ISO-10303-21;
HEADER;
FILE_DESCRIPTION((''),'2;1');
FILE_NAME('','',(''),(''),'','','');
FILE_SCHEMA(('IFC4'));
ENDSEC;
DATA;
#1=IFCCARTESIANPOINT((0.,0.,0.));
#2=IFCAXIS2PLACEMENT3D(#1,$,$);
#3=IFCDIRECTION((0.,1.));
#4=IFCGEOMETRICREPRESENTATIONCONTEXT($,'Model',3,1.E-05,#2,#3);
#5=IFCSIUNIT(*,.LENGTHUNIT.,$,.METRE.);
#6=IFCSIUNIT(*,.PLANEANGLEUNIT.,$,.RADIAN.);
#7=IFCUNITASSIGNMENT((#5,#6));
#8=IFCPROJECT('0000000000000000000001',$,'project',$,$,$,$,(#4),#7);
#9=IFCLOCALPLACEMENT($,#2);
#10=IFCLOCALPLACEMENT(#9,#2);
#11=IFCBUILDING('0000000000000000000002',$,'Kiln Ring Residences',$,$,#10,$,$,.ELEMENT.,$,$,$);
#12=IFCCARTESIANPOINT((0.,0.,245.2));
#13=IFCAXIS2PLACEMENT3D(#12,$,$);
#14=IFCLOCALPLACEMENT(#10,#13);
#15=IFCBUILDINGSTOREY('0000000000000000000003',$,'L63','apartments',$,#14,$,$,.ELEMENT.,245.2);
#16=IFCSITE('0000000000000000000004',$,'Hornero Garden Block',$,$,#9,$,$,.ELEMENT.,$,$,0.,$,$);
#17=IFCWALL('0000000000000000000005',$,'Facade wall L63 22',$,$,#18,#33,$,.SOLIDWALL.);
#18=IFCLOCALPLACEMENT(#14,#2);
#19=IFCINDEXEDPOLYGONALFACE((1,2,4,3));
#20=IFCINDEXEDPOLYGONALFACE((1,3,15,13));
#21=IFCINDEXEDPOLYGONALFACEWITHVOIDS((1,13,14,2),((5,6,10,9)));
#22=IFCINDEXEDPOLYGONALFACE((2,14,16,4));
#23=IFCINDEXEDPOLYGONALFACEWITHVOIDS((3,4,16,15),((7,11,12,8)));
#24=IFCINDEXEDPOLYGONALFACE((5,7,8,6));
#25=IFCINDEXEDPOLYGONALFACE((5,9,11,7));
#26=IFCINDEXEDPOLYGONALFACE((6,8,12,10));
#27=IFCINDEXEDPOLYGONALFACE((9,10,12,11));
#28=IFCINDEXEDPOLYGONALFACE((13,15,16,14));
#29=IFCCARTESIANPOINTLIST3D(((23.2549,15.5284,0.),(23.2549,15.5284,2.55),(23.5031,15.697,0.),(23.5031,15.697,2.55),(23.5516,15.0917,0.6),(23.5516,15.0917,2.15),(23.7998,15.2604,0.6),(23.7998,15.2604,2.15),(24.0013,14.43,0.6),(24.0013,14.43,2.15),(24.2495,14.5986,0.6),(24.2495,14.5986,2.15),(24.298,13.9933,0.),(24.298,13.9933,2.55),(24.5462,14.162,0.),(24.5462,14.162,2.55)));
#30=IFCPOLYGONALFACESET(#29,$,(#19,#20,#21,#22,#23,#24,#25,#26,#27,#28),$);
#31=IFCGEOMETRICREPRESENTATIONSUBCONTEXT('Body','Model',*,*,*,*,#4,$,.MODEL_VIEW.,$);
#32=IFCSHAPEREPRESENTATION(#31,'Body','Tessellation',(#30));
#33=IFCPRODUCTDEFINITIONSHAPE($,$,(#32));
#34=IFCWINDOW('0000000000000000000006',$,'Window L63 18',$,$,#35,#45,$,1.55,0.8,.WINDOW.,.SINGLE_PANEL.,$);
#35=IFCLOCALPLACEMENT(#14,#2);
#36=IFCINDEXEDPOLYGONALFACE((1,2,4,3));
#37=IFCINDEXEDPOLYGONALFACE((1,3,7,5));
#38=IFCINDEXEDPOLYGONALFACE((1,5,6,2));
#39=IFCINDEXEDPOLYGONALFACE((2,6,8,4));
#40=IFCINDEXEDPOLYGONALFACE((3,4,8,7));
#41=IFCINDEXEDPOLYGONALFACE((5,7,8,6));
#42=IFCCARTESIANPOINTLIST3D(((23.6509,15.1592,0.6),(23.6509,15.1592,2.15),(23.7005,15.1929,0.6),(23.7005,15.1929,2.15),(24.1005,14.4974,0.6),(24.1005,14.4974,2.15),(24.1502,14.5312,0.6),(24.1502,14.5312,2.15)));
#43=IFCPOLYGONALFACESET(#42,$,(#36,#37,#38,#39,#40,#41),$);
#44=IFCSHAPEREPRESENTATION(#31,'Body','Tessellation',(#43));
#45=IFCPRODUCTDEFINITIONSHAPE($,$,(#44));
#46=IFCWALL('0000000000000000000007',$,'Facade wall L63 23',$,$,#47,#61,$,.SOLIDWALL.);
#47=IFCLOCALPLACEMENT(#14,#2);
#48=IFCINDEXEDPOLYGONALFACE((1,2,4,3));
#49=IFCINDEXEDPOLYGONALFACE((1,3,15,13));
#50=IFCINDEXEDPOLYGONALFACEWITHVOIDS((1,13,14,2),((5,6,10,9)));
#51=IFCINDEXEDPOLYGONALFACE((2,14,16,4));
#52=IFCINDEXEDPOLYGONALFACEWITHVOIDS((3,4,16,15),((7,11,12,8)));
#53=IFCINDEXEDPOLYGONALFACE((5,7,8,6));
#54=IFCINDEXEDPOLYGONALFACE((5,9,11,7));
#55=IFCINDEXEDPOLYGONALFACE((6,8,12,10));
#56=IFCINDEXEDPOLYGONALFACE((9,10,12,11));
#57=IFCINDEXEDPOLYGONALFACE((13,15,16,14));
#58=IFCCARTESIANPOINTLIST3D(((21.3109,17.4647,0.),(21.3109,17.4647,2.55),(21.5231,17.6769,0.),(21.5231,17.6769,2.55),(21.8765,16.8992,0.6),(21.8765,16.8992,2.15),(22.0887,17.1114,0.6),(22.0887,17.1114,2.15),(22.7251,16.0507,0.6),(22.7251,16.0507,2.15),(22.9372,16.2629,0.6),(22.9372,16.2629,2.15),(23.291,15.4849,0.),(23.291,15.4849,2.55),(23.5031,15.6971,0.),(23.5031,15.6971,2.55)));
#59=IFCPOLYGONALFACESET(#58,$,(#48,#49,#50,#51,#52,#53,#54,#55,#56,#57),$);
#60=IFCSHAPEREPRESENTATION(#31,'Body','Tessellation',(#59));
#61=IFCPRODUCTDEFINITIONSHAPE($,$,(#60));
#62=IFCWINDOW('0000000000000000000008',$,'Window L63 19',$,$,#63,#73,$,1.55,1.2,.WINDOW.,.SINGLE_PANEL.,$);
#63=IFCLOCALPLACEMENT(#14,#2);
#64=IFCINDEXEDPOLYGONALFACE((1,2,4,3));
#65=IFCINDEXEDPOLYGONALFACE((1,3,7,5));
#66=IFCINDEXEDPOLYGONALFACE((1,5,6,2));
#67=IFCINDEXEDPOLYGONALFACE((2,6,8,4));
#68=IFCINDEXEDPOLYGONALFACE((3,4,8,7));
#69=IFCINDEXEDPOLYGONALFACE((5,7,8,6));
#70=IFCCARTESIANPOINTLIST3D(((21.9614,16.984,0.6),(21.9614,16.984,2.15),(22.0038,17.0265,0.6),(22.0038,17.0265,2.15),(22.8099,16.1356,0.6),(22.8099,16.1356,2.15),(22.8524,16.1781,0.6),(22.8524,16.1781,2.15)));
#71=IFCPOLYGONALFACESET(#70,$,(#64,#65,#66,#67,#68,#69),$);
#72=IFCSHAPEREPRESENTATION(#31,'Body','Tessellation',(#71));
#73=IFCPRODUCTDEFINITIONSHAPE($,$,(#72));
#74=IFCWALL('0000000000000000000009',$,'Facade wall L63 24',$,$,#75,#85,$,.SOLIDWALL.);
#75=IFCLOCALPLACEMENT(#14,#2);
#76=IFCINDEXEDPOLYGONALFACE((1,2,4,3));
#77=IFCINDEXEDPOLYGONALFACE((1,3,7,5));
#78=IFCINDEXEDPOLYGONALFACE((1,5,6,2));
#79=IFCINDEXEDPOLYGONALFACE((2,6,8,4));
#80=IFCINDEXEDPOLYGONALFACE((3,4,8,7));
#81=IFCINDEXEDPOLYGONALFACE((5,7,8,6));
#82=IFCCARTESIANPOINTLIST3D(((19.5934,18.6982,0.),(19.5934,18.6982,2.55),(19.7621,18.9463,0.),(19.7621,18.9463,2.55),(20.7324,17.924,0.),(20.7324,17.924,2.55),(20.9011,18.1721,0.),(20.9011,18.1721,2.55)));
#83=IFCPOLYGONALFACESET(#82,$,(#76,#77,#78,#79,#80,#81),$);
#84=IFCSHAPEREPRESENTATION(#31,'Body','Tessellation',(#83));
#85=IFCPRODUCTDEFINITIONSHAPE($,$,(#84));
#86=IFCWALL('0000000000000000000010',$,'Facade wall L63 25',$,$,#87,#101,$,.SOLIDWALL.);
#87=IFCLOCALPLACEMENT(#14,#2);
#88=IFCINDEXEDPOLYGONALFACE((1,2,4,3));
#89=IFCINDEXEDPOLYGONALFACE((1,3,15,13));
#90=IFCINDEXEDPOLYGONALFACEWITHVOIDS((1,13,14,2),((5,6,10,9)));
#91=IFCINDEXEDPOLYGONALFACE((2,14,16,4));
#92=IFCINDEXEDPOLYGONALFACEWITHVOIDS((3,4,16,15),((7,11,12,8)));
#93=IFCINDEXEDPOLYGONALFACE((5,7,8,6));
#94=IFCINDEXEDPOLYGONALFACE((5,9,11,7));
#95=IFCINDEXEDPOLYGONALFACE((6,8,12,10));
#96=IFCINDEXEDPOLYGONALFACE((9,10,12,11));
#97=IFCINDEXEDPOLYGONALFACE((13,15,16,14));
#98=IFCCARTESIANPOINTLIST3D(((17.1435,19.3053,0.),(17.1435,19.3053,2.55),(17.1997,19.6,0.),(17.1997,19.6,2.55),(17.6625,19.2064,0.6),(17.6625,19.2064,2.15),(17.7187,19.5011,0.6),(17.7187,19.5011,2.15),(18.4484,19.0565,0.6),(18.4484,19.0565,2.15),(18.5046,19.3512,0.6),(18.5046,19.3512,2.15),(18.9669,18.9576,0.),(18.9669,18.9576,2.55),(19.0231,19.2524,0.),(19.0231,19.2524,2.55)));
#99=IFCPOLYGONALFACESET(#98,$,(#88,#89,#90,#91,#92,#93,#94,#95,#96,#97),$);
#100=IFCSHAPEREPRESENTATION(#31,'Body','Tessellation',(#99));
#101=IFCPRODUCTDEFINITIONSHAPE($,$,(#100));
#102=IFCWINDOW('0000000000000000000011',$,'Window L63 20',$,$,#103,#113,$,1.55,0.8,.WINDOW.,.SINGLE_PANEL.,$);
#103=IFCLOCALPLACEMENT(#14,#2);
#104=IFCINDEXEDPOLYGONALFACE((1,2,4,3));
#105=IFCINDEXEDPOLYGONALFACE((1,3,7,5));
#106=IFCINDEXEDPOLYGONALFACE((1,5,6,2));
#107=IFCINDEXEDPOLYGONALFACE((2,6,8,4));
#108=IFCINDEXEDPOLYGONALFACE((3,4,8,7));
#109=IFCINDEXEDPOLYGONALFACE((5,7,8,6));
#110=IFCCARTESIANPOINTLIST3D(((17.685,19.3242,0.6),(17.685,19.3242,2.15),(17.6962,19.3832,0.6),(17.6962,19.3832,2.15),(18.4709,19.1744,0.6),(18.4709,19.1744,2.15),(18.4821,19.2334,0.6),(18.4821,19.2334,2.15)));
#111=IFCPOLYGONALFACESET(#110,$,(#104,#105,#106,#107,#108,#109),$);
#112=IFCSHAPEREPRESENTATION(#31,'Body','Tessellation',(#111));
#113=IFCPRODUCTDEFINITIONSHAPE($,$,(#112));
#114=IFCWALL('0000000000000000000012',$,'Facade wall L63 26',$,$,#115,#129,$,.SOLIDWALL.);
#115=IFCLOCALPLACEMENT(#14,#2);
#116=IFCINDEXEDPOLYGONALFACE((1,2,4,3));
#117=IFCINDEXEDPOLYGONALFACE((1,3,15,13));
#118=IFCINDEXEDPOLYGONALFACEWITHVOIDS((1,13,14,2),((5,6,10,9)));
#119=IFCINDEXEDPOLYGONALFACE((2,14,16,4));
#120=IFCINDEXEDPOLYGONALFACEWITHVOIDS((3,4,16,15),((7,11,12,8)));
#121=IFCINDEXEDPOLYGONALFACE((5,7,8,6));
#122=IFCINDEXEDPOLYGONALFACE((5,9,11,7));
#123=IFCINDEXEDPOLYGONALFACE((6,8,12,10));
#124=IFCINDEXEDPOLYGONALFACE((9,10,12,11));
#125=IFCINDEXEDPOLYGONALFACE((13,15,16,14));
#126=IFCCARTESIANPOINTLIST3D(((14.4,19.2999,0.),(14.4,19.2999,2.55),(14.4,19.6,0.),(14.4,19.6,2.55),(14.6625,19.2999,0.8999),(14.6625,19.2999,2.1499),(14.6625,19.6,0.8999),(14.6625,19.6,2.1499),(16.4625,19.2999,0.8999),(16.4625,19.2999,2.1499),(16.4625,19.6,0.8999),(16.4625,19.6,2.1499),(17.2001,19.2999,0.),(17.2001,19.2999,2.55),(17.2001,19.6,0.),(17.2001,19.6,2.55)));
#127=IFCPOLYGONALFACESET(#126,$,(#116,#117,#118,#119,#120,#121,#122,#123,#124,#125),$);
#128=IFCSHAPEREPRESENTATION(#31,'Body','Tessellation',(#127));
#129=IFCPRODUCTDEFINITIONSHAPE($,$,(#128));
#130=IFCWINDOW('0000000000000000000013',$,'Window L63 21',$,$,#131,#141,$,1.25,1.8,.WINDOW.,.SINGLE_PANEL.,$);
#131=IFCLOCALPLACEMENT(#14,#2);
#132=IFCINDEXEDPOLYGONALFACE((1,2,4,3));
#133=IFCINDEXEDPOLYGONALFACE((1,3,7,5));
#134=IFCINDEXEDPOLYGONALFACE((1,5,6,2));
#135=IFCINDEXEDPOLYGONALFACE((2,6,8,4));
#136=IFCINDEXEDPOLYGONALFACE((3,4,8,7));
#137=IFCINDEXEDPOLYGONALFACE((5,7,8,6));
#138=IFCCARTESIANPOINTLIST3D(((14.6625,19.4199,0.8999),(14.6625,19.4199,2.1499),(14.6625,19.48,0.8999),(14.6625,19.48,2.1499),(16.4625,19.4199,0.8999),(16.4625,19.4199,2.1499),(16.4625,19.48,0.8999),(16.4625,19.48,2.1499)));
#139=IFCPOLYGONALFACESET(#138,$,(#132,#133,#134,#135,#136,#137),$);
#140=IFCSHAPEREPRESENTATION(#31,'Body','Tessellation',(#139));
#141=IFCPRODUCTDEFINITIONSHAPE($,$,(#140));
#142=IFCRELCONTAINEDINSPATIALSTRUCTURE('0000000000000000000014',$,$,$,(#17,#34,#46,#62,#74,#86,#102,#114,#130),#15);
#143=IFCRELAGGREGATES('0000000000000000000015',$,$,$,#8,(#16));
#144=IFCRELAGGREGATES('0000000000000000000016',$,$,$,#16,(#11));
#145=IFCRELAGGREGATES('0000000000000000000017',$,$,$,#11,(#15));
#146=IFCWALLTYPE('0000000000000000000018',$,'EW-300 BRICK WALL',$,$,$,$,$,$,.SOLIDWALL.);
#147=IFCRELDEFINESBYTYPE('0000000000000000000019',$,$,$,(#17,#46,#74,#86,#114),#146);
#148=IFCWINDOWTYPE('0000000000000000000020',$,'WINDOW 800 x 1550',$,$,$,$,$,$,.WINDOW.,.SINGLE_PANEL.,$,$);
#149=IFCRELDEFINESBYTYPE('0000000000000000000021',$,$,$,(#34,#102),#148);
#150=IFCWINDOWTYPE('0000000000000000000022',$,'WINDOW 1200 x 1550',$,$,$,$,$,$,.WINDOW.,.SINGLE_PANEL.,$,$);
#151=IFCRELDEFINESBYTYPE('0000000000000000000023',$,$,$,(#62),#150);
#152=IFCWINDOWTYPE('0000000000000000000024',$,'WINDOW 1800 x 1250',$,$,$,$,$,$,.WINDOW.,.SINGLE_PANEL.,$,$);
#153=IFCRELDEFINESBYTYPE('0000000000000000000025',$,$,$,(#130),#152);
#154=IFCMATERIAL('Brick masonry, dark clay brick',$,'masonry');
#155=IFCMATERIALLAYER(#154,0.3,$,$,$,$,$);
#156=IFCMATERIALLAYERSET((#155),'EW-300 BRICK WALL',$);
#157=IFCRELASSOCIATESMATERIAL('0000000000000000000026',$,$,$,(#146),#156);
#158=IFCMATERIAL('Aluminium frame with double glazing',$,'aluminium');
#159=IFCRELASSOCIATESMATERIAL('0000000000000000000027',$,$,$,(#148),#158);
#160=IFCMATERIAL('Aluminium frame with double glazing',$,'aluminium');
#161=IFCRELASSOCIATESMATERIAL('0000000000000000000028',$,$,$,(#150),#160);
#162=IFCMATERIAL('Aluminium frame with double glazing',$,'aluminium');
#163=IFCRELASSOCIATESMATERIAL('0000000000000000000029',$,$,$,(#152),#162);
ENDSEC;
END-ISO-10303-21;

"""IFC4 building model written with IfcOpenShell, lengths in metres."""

from ifc_helpers import new_model, si_unit, direction, frame, frame_2d, origin, place, context, subcontext, project, spatial, rectangle, extrude, material, layer, layer_set, type_object, element, fill, save


model = new_model("IFC4")

# Units and contexts
model_context = context("Model", 3, precision=1e-05, world=origin(), true_north=direction((0.0, 1.0)))
body_context = subcontext(model_context, "Body", "Model", "MODEL_VIEW")
ifc_project = project(units=[si_unit("LENGTHUNIT", "METRE"), si_unit("PLANEANGLEUNIT", "RADIAN")], contexts=[model_context])

# Site, building, storey
site_placement = place(None, origin())
site = spatial("IfcSite", under=ifc_project, at=site_placement, Name="Hornero Garden Block", CompositionType="ELEMENT", RefElevation=0.0)
building_placement = place(site_placement, origin())
building = spatial("IfcBuilding", under=site, at=building_placement, Name="Kiln Ring Residences", CompositionType="ELEMENT")
storey_placement = place(building_placement, frame((0.0, 0.0, 245.2)))
storey = spatial("IfcBuildingStorey", under=building, at=storey_placement, Name="L63", Description="apartments", CompositionType="ELEMENT", Elevation=245.2)

# Shared definitions
ifc_material_1 = material(Name="Brick masonry, dark clay brick", Category="masonry")
ifc_layer_1 = layer(ifc_material_1, 0.3)
ifc_layer_set_1 = layer_set([ifc_layer_1], Name="EW-300 BRICK WALL")
wall_type_1 = type_object("IfcWallType", Name="EW-300 BRICK WALL", PredefinedType="SOLIDWALL", material=ifc_layer_set_1)

# Walls, openings, windows
wall_1_placement = place(storey_placement, frame((24.4221, 14.0776, 0.0), z_axis=(0.0, 0.0, 1.0), x_axis=(-0.562055, 0.8271, 0.0)))
wall_1 = element("IfcWall", 1, at=wall_1_placement, inside=storey, type_object=wall_type_1, Name="Facade wall L63 22", PredefinedType="SOLIDWALL", context=body_context, shape_type="SweptSolid", body=[
    extrude(rectangle(XDim=1.856, YDim=0.3, at=frame_2d((0.928, 0.0))), origin(), (0.0, 0.0, 1.0), 2.55),
])
opening_1_placement = place(wall_1_placement, frame((0.5281, 0.0, 0.6001)))
opening_1 = element("IfcOpeningElement", 2, at=opening_1_placement, cuts=wall_1, PredefinedType="OPENING", context=body_context, shape_type="SweptSolid", body=[
    extrude(rectangle(XDim=0.8, YDim=1.55, at=frame_2d((0.3999, 0.7749))), frame((0.0, 0.1599, 0.0), z_axis=(0.0, -1.0, 0.0), x_axis=(1.0, 0.0, 0.0)), (0.0, 0.0, 1.0), 0.3201),
])
ifc_material_2 = material(Name="Aluminium frame with double glazing", Category="aluminium")
window_type_1 = type_object("IfcWindowType", Name="WINDOW 800 x 1550", PartitioningType="SINGLE_PANEL", PredefinedType="WINDOW", material=ifc_material_2)
window_1_placement = place(opening_1_placement, origin())
window_1 = element("IfcWindow", 3, at=window_1_placement, inside=storey, type_object=window_type_1, Name="Window L63 18", OverallHeight=1.55, OverallWidth=0.8, PartitioningType="SINGLE_PANEL", PredefinedType="WINDOW", context=body_context, shape_type="SweptSolid", body=[
    extrude(rectangle(XDim=0.8, YDim=1.55, at=frame_2d((0.3999, 0.7749))), frame((0.0, 0.03, 0.0), z_axis=(0.0, -1.0, 0.0), x_axis=(1.0, 0.0, 0.0)), (0.0, 0.0, 1.0), 0.0601),
])
fill(opening_1, window_1)
wall_2_placement = place(storey_placement, frame((23.397, 15.5911, 0.0), z_axis=(0.0, 0.0, 1.0), x_axis=(-0.70715, 0.707063, 0.0)))
wall_2 = element("IfcWall", 4, at=wall_2_placement, inside=storey, type_object=wall_type_1, Name="Facade wall L63 23", PredefinedType="SOLIDWALL", context=body_context, shape_type="SweptSolid", body=[
    extrude(rectangle(XDim=2.8, YDim=0.3, at=frame_2d((1.3999, 0.0))), origin(), (0.0, 0.0, 1.0), 2.55),
])
opening_2_placement = place(wall_2_placement, frame((0.8, 0.0, 0.6001)))
opening_2 = element("IfcOpeningElement", 5, at=opening_2_placement, cuts=wall_2, PredefinedType="OPENING", context=body_context, shape_type="SweptSolid", body=[
    extrude(rectangle(XDim=1.2, YDim=1.55, at=frame_2d((0.6001, 0.7749))), frame((0.0, 0.1599, 0.0), z_axis=(0.0, -1.0, 0.0), x_axis=(1.0, 0.0, 0.0)), (0.0, 0.0, 1.0), 0.3201),
])
ifc_material_3 = material(Name="Aluminium frame with double glazing", Category="aluminium")
window_type_2 = type_object("IfcWindowType", Name="WINDOW 1200 x 1550", PartitioningType="SINGLE_PANEL", PredefinedType="WINDOW", material=ifc_material_3)
window_2_placement = place(opening_2_placement, origin())
window_2 = element("IfcWindow", 6, at=window_2_placement, inside=storey, type_object=window_type_2, Name="Window L63 19", OverallHeight=1.55, OverallWidth=1.2, PartitioningType="SINGLE_PANEL", PredefinedType="WINDOW", context=body_context, shape_type="SweptSolid", body=[
    extrude(rectangle(XDim=1.2, YDim=1.55, at=frame_2d((0.6001, 0.7749))), frame((0.0, 0.03, 0.0), z_axis=(0.0, -1.0, 0.0), x_axis=(1.0, 0.0, 0.0)), (0.0, 0.0, 1.0), 0.0601),
])
fill(opening_2, window_2)

# Wall
wall_3_placement = place(storey_placement, frame((20.8167, 18.0481, 0.0), z_axis=(0.0, 0.0, 1.0), x_axis=(-0.827025, 0.562165, 0.0)))
element("IfcWall", 7, at=wall_3_placement, inside=storey, type_object=wall_type_1, Name="Facade wall L63 24", PredefinedType="SOLIDWALL", context=body_context, shape_type="SweptSolid", body=[
    extrude(rectangle(XDim=1.3772, YDim=0.3, at=frame_2d((0.6885, 0.0))), origin(), (0.0, 0.0, 1.0), 2.55),
])

# Walls, openings, windows
wall_4_placement = place(storey_placement, frame((18.9951, 19.105, 0.0), z_axis=(0.0, 0.0, 1.0), x_axis=(-0.982302, 0.187306, 0.0)))
wall_4 = element("IfcWall", 8, at=wall_4_placement, inside=storey, type_object=wall_type_1, Name="Facade wall L63 25", PredefinedType="SOLIDWALL", context=body_context, shape_type="SweptSolid", body=[
    extrude(rectangle(XDim=1.8562, YDim=0.3, at=frame_2d((0.9282, 0.0))), origin(), (0.0, 0.0, 1.0), 2.55),
])
opening_3_placement = place(wall_4_placement, frame((0.5281, 0.0, 0.6001)))
opening_3 = element("IfcOpeningElement", 9, at=opening_3_placement, cuts=wall_4, PredefinedType="OPENING", context=body_context, shape_type="SweptSolid", body=[
    extrude(rectangle(XDim=0.8, YDim=1.55, at=frame_2d((0.3999, 0.7749))), frame((0.0, 0.1599, 0.0), z_axis=(0.0, -1.0, 0.0), x_axis=(1.0, 0.0, 0.0)), (0.0, 0.0, 1.0), 0.3201),
])
window_3_placement = place(opening_3_placement, origin())
window_3 = element("IfcWindow", 10, at=window_3_placement, inside=storey, type_object=window_type_1, Name="Window L63 20", OverallHeight=1.55, OverallWidth=0.8, PartitioningType="SINGLE_PANEL", PredefinedType="WINDOW", context=body_context, shape_type="SweptSolid", body=[
    extrude(rectangle(XDim=0.8, YDim=1.55, at=frame_2d((0.3999, 0.7749))), frame((0.0, 0.03, 0.0), z_axis=(0.0, -1.0, 0.0), x_axis=(1.0, 0.0, 0.0)), (0.0, 0.0, 1.0), 0.0601),
])
fill(opening_3, window_3)
wall_5_placement = place(storey_placement, frame((17.2, 19.45, 0.0), z_axis=(0.0, 0.0, 1.0), x_axis=(-1.0, 0.0, 0.0)))
wall_5 = element("IfcWall", 11, at=wall_5_placement, inside=storey, type_object=wall_type_1, Name="Facade wall L63 26", PredefinedType="SOLIDWALL", context=body_context, shape_type="SweptSolid", body=[
    extrude(rectangle(XDim=2.8, YDim=0.3, at=frame_2d((1.3999, 0.0))), origin(), (0.0, 0.0, 1.0), 2.55),
])
opening_4_placement = place(wall_5_placement, frame((0.7375, 0.0, 0.8999)))
opening_4 = element("IfcOpeningElement", 12, at=opening_4_placement, cuts=wall_5, PredefinedType="OPENING", context=body_context, shape_type="SweptSolid", body=[
    extrude(rectangle(XDim=1.8, YDim=1.25, at=frame_2d((0.8999, 0.625))), frame((0.0, 0.1599, 0.0), z_axis=(0.0, -1.0, 0.0), x_axis=(1.0, 0.0, 0.0)), (0.0, 0.0, 1.0), 0.3201),
])
ifc_material_4 = material(Name="Aluminium frame with double glazing", Category="aluminium")
window_type_3 = type_object("IfcWindowType", Name="WINDOW 1800 x 1250", PartitioningType="SINGLE_PANEL", PredefinedType="WINDOW", material=ifc_material_4)
window_4_placement = place(opening_4_placement, origin())
window_4 = element("IfcWindow", 13, at=window_4_placement, inside=storey, type_object=window_type_3, Name="Window L63 21", OverallHeight=1.25, OverallWidth=1.8, PartitioningType="SINGLE_PANEL", PredefinedType="WINDOW", context=body_context, shape_type="SweptSolid", body=[
    extrude(rectangle(XDim=1.8, YDim=1.25, at=frame_2d((0.8999, 0.625))), frame((0.0, 0.03, 0.0), z_axis=(0.0, -1.0, 0.0), x_axis=(1.0, 0.0, 0.0)), (0.0, 0.0, 1.0), 0.0601),
])
fill(opening_4, window_4)

save(model, "model.ifc")
